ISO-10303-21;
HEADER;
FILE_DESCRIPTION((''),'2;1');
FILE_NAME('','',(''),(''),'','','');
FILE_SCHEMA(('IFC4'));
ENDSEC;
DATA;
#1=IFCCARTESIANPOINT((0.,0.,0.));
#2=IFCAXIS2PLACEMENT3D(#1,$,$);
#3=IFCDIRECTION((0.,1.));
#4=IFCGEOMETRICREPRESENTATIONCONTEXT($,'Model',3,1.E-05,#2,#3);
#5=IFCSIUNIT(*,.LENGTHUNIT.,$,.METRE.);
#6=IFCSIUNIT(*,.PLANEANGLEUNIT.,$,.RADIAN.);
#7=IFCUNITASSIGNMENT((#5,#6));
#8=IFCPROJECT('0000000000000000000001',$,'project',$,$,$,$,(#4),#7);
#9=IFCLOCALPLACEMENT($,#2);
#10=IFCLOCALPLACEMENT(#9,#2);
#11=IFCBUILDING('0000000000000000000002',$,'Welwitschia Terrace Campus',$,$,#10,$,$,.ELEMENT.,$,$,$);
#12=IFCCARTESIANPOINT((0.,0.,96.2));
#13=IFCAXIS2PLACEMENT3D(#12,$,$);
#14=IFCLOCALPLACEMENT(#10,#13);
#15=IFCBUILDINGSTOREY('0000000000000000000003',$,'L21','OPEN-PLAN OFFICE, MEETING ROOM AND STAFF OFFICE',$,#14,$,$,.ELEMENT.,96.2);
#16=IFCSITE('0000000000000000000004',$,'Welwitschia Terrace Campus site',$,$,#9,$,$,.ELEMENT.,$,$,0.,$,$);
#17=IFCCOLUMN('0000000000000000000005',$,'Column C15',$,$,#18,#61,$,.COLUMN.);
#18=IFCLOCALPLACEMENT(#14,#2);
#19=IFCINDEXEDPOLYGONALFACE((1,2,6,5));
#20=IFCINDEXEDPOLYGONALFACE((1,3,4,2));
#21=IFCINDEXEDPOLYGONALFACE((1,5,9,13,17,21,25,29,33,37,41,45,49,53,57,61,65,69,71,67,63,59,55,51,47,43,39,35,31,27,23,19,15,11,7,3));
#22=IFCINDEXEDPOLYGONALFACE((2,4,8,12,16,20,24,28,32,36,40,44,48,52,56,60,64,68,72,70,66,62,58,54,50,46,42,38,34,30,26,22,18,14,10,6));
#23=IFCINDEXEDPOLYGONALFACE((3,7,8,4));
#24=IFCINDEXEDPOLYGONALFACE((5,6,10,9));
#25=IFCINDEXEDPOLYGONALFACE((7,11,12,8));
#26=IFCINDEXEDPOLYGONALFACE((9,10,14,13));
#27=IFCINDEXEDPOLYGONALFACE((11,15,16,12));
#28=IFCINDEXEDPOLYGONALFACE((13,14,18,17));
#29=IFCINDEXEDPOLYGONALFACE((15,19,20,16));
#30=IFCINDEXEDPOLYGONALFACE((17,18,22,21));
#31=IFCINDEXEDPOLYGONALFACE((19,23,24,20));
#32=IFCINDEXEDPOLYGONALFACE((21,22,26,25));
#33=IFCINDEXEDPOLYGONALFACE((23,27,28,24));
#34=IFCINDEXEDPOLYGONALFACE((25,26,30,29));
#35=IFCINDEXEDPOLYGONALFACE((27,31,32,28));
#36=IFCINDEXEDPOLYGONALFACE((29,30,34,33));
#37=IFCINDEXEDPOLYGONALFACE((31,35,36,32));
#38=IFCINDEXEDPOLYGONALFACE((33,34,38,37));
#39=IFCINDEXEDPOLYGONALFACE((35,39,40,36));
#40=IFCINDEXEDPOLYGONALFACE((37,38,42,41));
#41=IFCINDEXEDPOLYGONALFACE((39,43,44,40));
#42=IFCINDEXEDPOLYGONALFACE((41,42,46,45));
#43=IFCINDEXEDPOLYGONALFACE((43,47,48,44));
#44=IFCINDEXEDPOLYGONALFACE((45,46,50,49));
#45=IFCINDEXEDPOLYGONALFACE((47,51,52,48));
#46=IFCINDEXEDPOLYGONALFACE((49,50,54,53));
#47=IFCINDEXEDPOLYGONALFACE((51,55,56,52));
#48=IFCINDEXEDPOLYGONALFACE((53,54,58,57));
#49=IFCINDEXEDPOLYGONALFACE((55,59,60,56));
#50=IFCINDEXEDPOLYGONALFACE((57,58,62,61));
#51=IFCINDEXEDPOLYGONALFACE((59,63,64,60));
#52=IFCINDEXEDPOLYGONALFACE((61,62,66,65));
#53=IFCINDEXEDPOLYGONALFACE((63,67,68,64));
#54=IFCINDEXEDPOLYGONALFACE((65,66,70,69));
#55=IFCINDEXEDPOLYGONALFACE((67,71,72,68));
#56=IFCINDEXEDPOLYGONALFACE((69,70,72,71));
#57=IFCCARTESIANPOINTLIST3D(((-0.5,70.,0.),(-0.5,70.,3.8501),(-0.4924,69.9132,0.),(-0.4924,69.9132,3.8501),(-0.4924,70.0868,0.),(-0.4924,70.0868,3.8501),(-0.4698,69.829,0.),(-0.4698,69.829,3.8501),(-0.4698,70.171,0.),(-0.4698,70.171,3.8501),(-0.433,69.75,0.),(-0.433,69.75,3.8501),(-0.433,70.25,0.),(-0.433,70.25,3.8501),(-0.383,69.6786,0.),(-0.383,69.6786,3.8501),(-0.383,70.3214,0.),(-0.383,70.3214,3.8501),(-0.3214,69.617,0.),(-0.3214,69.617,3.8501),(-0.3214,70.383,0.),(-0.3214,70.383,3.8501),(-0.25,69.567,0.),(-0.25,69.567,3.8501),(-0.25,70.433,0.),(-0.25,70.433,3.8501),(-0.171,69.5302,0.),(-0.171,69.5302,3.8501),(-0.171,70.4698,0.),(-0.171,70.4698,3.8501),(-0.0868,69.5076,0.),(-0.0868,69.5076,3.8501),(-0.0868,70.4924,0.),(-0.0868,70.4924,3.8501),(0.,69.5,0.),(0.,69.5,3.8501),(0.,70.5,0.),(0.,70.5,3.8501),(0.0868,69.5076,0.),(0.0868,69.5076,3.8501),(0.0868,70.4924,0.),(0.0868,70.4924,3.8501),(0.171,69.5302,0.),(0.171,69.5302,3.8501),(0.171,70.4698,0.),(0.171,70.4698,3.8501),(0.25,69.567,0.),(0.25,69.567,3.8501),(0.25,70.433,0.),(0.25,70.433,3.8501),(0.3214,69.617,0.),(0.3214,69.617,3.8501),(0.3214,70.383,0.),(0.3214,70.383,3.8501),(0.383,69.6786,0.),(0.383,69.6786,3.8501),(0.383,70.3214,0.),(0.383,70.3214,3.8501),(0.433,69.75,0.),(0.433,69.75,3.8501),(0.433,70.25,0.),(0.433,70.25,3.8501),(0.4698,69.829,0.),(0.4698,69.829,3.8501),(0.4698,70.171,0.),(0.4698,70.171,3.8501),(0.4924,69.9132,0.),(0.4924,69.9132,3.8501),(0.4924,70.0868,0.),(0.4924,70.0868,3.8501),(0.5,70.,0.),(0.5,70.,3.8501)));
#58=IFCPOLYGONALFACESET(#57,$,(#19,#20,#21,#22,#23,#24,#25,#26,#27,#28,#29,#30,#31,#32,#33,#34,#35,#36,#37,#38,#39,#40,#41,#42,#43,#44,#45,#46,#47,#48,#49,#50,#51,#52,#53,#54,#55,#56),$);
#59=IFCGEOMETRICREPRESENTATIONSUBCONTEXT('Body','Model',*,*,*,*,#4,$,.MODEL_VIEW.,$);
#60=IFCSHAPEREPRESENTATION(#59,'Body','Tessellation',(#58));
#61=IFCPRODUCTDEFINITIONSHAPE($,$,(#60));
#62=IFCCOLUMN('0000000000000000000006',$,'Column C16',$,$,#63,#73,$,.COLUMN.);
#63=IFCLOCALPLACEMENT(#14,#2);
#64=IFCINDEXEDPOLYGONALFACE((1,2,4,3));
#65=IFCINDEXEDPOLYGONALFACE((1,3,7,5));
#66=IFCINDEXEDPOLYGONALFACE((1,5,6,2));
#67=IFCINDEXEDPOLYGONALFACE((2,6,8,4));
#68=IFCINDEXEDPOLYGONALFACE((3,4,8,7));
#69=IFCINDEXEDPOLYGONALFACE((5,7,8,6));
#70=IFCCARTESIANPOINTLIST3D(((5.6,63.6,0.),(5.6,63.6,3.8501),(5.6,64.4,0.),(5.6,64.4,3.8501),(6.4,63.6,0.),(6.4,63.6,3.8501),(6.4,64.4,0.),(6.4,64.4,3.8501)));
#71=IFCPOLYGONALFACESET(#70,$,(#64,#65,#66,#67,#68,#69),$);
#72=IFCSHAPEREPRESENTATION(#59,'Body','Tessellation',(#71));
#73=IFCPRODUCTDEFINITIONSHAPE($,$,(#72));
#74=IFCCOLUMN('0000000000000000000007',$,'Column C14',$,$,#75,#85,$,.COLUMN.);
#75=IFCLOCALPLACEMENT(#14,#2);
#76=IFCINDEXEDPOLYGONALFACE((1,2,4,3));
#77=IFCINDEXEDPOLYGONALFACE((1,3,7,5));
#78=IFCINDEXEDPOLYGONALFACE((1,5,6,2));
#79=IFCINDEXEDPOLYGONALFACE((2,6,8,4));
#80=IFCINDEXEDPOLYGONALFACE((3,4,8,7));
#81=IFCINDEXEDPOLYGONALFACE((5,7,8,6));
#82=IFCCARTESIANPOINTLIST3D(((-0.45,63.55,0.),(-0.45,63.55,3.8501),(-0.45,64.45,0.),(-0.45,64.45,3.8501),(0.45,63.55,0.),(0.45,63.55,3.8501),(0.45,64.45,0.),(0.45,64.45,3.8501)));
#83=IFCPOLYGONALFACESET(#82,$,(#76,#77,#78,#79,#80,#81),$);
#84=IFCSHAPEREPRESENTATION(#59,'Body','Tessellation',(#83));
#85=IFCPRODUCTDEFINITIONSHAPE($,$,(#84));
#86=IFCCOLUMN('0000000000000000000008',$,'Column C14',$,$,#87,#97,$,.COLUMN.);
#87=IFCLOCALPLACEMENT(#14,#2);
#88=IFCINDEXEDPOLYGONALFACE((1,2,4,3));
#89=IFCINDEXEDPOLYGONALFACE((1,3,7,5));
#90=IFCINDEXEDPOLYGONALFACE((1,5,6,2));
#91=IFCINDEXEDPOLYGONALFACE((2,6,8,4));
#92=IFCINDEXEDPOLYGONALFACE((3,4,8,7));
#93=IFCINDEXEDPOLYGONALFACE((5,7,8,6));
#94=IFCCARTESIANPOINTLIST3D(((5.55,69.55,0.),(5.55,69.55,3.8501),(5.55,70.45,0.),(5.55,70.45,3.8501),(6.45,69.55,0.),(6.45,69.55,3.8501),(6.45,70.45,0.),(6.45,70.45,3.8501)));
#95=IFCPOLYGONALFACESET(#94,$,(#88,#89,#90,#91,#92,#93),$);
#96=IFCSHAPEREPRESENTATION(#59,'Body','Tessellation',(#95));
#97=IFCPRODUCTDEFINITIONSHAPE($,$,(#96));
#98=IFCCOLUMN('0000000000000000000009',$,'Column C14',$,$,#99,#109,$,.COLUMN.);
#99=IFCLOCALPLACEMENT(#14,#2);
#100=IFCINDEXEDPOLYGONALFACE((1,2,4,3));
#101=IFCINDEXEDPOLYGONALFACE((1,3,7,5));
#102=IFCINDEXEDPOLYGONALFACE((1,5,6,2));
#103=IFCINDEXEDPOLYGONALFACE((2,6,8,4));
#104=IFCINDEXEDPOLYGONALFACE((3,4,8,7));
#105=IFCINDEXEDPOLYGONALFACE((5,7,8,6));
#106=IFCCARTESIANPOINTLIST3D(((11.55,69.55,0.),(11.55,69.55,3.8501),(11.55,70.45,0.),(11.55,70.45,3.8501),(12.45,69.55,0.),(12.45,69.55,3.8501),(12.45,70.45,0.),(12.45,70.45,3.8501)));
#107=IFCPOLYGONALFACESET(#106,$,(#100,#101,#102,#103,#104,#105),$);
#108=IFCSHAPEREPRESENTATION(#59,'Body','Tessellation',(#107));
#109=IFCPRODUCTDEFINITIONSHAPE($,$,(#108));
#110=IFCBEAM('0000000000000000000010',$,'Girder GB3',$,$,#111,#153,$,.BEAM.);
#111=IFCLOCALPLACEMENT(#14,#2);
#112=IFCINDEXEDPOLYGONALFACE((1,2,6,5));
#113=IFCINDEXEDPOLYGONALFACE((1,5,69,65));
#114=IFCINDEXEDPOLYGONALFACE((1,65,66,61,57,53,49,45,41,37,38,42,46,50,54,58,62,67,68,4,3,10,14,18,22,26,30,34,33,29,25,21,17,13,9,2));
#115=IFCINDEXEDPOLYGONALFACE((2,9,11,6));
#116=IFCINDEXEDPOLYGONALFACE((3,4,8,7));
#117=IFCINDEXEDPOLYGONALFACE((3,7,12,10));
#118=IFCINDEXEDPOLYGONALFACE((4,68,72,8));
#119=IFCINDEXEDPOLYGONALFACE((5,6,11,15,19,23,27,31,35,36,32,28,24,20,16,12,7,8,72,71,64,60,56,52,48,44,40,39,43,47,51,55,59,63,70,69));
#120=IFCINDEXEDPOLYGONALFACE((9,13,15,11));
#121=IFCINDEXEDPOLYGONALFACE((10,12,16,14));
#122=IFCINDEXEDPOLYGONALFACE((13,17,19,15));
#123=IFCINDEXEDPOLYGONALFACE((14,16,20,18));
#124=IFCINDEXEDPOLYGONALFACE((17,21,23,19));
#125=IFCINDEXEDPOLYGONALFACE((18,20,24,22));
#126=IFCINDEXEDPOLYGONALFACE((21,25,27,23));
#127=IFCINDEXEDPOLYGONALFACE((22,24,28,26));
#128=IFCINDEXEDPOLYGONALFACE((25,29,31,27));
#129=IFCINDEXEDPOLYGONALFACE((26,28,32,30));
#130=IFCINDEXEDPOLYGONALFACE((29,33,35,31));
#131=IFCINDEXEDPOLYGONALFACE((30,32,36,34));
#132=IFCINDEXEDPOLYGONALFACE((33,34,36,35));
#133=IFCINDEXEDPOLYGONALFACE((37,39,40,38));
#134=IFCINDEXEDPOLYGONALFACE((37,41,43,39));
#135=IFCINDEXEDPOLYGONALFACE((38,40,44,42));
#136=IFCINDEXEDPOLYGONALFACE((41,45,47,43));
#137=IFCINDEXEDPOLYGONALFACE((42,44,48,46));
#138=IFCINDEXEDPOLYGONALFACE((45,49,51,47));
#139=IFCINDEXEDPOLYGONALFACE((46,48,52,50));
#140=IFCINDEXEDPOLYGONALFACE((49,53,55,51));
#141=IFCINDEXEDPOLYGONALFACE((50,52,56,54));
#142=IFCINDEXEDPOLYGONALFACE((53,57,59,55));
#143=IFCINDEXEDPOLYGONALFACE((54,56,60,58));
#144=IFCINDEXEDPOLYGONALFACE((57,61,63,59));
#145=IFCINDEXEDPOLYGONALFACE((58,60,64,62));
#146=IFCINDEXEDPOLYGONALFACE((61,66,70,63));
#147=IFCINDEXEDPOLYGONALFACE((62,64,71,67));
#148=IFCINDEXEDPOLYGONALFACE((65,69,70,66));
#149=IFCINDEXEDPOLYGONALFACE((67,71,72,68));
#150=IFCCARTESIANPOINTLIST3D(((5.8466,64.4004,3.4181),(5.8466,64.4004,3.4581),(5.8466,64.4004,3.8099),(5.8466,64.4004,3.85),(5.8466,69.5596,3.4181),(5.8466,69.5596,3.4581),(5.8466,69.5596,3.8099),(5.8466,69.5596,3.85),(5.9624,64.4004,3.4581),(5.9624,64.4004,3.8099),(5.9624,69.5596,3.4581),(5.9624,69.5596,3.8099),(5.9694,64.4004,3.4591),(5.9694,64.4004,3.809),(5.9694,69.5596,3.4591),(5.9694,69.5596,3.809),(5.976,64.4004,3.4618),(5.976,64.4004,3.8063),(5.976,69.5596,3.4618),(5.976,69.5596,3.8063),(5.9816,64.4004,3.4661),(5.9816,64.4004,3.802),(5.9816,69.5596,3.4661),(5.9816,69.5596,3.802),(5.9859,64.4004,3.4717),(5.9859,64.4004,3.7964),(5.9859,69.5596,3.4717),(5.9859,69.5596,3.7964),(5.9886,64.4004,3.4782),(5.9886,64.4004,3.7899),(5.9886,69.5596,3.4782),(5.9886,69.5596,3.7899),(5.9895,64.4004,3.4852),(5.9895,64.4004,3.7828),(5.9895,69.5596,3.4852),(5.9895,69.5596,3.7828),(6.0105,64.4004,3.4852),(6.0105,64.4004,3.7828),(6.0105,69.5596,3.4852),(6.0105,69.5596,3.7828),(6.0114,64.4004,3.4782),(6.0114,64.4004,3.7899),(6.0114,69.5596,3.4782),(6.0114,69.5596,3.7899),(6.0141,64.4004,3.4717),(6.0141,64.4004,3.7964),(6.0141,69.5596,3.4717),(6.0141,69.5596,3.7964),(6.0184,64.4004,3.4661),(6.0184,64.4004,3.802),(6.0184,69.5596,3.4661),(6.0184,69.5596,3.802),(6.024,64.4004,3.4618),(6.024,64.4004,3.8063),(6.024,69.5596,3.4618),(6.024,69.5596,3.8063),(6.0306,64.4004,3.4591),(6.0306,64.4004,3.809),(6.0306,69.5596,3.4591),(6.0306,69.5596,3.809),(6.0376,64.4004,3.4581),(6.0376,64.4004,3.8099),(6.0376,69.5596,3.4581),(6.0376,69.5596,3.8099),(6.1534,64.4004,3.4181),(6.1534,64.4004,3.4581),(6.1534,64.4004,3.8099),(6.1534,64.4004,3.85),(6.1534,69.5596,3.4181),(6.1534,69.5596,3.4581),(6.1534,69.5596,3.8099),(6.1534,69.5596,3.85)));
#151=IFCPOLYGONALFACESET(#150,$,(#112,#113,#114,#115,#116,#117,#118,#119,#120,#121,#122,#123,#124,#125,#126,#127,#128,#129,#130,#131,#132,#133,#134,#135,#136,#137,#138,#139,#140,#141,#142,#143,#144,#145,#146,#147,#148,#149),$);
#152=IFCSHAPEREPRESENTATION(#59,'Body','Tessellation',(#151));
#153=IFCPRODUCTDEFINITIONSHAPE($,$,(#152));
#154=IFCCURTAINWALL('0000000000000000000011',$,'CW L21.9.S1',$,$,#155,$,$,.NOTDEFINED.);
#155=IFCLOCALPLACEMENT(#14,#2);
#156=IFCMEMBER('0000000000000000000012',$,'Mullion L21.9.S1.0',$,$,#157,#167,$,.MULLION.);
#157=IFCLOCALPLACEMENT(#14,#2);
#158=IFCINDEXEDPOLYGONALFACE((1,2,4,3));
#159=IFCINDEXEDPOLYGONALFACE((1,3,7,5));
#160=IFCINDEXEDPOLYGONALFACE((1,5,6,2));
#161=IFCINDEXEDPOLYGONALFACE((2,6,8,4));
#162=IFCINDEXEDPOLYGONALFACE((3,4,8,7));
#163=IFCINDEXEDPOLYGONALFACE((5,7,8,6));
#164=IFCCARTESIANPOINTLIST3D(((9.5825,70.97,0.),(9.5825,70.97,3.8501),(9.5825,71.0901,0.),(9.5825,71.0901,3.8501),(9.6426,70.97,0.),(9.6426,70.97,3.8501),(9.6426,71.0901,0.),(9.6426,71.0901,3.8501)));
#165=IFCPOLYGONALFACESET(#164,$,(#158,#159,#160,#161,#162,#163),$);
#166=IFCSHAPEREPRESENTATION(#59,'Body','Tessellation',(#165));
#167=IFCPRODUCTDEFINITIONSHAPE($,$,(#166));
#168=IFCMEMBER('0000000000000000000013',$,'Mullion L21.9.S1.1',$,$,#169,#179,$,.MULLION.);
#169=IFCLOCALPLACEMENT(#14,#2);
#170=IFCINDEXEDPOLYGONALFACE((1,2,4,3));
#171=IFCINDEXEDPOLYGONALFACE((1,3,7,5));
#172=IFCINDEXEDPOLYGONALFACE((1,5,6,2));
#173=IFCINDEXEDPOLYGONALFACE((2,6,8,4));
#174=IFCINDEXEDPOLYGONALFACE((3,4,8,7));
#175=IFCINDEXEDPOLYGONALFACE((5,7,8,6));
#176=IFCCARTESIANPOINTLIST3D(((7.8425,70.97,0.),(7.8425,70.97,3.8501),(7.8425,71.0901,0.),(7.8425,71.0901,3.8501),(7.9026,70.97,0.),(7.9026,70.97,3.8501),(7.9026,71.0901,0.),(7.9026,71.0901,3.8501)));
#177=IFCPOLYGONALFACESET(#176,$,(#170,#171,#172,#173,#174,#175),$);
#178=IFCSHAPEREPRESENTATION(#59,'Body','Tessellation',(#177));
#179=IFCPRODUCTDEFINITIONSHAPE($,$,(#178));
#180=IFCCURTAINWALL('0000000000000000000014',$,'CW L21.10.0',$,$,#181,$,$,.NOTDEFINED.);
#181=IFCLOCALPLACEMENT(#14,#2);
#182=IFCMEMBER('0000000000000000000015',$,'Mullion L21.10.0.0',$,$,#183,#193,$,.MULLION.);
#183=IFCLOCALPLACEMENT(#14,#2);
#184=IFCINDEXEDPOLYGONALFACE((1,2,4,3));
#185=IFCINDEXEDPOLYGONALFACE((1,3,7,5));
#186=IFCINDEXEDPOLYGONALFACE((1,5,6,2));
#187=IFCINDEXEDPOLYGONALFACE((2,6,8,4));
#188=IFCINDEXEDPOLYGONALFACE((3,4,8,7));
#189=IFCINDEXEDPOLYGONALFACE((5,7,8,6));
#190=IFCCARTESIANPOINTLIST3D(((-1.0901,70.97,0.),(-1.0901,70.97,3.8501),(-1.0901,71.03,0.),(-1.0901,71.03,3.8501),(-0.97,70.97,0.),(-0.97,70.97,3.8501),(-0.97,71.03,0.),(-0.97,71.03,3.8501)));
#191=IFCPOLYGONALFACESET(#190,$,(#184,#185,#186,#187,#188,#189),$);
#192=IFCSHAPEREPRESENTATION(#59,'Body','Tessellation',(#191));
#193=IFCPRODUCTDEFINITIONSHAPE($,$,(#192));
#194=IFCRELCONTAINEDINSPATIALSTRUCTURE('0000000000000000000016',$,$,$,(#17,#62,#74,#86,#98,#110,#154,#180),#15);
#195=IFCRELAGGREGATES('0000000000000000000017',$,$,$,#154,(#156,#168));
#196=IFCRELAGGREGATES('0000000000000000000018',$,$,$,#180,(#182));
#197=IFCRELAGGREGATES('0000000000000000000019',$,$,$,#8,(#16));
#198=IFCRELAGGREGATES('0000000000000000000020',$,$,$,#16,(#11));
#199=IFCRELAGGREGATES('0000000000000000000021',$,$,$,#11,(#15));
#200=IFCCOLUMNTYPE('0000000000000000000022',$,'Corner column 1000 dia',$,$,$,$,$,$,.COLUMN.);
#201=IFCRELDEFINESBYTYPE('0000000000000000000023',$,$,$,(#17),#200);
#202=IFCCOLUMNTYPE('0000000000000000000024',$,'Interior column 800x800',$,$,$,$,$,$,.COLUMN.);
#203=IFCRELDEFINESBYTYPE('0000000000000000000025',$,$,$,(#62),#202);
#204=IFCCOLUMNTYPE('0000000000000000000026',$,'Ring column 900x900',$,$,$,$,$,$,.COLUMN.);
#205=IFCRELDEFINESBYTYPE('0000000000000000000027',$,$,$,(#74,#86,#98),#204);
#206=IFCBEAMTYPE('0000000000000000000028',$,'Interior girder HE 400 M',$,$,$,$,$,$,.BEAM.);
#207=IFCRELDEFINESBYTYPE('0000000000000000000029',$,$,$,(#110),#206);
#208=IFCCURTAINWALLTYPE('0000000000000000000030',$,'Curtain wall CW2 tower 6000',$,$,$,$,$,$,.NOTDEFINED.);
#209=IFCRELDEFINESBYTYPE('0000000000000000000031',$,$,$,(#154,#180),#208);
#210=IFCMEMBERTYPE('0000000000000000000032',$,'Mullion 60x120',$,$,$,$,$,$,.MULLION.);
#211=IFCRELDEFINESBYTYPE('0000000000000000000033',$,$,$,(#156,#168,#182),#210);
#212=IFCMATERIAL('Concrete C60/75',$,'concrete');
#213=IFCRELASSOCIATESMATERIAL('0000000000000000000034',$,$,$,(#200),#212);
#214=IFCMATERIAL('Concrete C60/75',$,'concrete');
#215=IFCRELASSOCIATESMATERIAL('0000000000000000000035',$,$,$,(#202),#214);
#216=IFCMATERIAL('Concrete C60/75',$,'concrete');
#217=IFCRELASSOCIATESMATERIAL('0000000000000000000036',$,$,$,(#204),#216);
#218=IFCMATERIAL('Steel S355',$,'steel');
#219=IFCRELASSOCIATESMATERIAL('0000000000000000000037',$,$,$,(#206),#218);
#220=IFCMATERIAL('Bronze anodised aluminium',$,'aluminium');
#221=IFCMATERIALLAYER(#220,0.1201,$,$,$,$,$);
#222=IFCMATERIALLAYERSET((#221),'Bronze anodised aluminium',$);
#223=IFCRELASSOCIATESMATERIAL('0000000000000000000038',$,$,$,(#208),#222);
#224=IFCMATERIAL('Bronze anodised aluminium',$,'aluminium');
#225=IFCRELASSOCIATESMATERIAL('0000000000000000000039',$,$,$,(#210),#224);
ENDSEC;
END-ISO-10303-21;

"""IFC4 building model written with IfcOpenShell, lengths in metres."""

from ifc_helpers import new_model, si_unit, direction, frame, origin, origin_2d, place, context, subcontext, project, spatial, rectangle, circle, i_section, extrude, material, layer, layer_set, material_profile, profile_set, type_object, element, aggregate, save


model = new_model("IFC4")

# Units and contexts
model_context = context("Model", 3, precision=1e-05, world=origin(), true_north=direction((0.0, 1.0)))
body_context = subcontext(model_context, "Body", "Model", "MODEL_VIEW")
ifc_project = project(units=[si_unit("LENGTHUNIT", "METRE"), si_unit("PLANEANGLEUNIT", "RADIAN")], contexts=[model_context])

# Site, building, storey
site_placement = place(None, origin())
site = spatial("IfcSite", under=ifc_project, at=site_placement, Name="Welwitschia Terrace Campus site", CompositionType="ELEMENT", RefElevation=0.0)
building_placement = place(site_placement, origin())
building = spatial("IfcBuilding", under=site, at=building_placement, Name="Welwitschia Terrace Campus", CompositionType="ELEMENT")
storey_placement = place(building_placement, frame((0.0, 0.0, 96.2)))
storey = spatial("IfcBuildingStorey", under=building, at=storey_placement, Name="L21", Description="OPEN-PLAN OFFICE, MEETING ROOM AND STAFF OFFICE", CompositionType="ELEMENT", Elevation=96.2)

# Columns
ifc_material_1 = material(Name="Concrete C60/75", Category="concrete")
ifc_material_profile_1 = material_profile(ifc_material_1, circle(Radius=0.5, at=origin_2d()))
ifc_profile_set_1 = profile_set([ifc_material_profile_1], Name="Concrete C60/75")
column_type_1 = type_object("IfcColumnType", Name="Corner column 1000 dia", PredefinedType="COLUMN", material=ifc_profile_set_1)
column_1_placement = place(storey_placement, frame((0.0, 70.0, 0.0), z_axis=(0.0, 0.0, 1.0), x_axis=(1.0, 0.0, 0.0)))
element("IfcColumn", 1, at=column_1_placement, inside=storey, type_object=column_type_1, Name="Column C15", PredefinedType="COLUMN", context=body_context, shape_type="SweptSolid", body=[
    extrude(circle(Radius=0.5, at=origin_2d()), origin(), (0.0, 0.0, 1.0), 3.8501),
])
ifc_material_2 = material(Name="Concrete C60/75", Category="concrete")
ifc_material_profile_2 = material_profile(ifc_material_2, rectangle(XDim=0.8, YDim=0.8, at=origin_2d()))
ifc_profile_set_2 = profile_set([ifc_material_profile_2], Name="Concrete C60/75")
column_type_2 = type_object("IfcColumnType", Name="Interior column 800x800", PredefinedType="COLUMN", material=ifc_profile_set_2)
column_2_placement = place(storey_placement, frame((6.0, 64.0, 0.0), z_axis=(0.0, 0.0, 1.0), x_axis=(1.0, 0.0, 0.0)))
element("IfcColumn", 2, at=column_2_placement, inside=storey, type_object=column_type_2, Name="Column C16", PredefinedType="COLUMN", context=body_context, shape_type="SweptSolid", body=[
    extrude(rectangle(XDim=0.8, YDim=0.8, at=origin_2d()), origin(), (0.0, 0.0, 1.0), 3.8501),
])
ifc_material_3 = material(Name="Concrete C60/75", Category="concrete")
ifc_material_profile_3 = material_profile(ifc_material_3, rectangle(XDim=0.8999, YDim=0.8999, at=origin_2d()))
ifc_profile_set_3 = profile_set([ifc_material_profile_3], Name="Concrete C60/75")
column_type_3 = type_object("IfcColumnType", Name="Ring column 900x900", PredefinedType="COLUMN", material=ifc_profile_set_3)
for number, where, z_axis, x_axis, name in (
    (3, (0.0, 64.0, 0.0), (0.0, 0.0, 1.0), (1.0, 0.0, 0.0), "Column C14"),
    (4, (6.0, 70.0, 0.0), (0.0, 0.0, 1.0), (1.0, 0.0, 0.0), "Column C14"),
    (5, (12.0, 70.0, 0.0), (0.0, 0.0, 1.0), (1.0, 0.0, 0.0), "Column C14"),
):
    element("IfcColumn", number, at=place(storey_placement, frame(where, z_axis=z_axis, x_axis=x_axis)), inside=storey, type_object=column_type_3, Name=name, PredefinedType="COLUMN", context=body_context, shape_type="SweptSolid", body=[
        extrude(rectangle(XDim=0.8999, YDim=0.8999, at=origin_2d()), origin(), (0.0, 0.0, 1.0), 3.8501),
    ])

# Beam
ifc_material_4 = material(Name="Steel S355", Category="steel")
ifc_material_profile_4 = material_profile(ifc_material_4, i_section(OverallWidth=0.3069, OverallDepth=0.4319, WebThickness=0.021, FlangeThickness=0.04, FilletRadius=0.0271, at=origin_2d()))
ifc_profile_set_4 = profile_set([ifc_material_profile_4], Name="Steel S355")
beam_type_1 = type_object("IfcBeamType", Name="Interior girder HE 400 M", PredefinedType="BEAM", material=ifc_profile_set_4)
beam_1_placement = place(storey_placement, frame((6.0, 64.4004, 3.634), z_axis=(0.0, 1.0, 0.0), x_axis=(-1.0, 0.0, 0.0)))
element("IfcBeam", 6, at=beam_1_placement, inside=storey, type_object=beam_type_1, Name="Girder GB3", PredefinedType="BEAM", context=body_context, shape_type="SweptSolid", body=[
    extrude(i_section(OverallWidth=0.3069, OverallDepth=0.4319, WebThickness=0.021, FlangeThickness=0.04, FilletRadius=0.0271, at=origin_2d()), origin(), (0.0, 0.0, 1.0), 5.1592),
])

# Curtain walls, members
ifc_material_5 = material(Name="Bronze anodised aluminium", Category="aluminium")
ifc_layer_1 = layer(ifc_material_5, 0.1201)
ifc_layer_set_1 = layer_set([ifc_layer_1], Name="Bronze anodised aluminium")
curtain_wall_type = type_object("IfcCurtainWallType", Name="Curtain wall CW2 tower 6000", PredefinedType="NOTDEFINED", material=ifc_layer_set_1)
curtain_wall_1_placement = place(storey_placement, origin())
curtain_wall_1 = element("IfcCurtainWall", 7, at=curtain_wall_1_placement, inside=storey, type_object=curtain_wall_type, Name="CW L21.9.S1", PredefinedType="NOTDEFINED")
ifc_material_6 = material(Name="Bronze anodised aluminium", Category="aluminium")
ifc_material_profile_5 = material_profile(ifc_material_6, rectangle(XDim=0.1201, YDim=0.0601, at=origin_2d()))
ifc_profile_set_5 = profile_set([ifc_material_profile_5], Name="Bronze anodised aluminium")
member_type_1 = type_object("IfcMemberType", Name="Mullion 60x120", PredefinedType="MULLION", material=ifc_profile_set_5)
member_1_placement = place(storey_placement, frame((9.6125, 71.03, 0.0), z_axis=(0.0, 0.0, 1.0), x_axis=(0.0, -1.0, 0.0)))
member_1 = element("IfcMember", 8, at=member_1_placement, type_object=member_type_1, Name="Mullion L21.9.S1.0", PredefinedType="MULLION", context=body_context, shape_type="SweptSolid", body=[
    extrude(rectangle(XDim=0.1201, YDim=0.0601, at=origin_2d()), origin(), (0.0, 0.0, 1.0), 3.8501),
])
member_2_placement = place(storey_placement, frame((7.8726, 71.03, 0.0), z_axis=(0.0, 0.0, 1.0), x_axis=(0.0, -1.0, 0.0)))
member_2 = element("IfcMember", 9, at=member_2_placement, type_object=member_type_1, Name="Mullion L21.9.S1.1", PredefinedType="MULLION", context=body_context, shape_type="SweptSolid", body=[
    extrude(rectangle(XDim=0.1201, YDim=0.0601, at=origin_2d()), origin(), (0.0, 0.0, 1.0), 3.8501),
])
curtain_wall_2_placement = place(storey_placement, origin())
curtain_wall_2 = element("IfcCurtainWall", 10, at=curtain_wall_2_placement, inside=storey, type_object=curtain_wall_type, Name="CW L21.10.0", PredefinedType="NOTDEFINED")
member_3_placement = place(storey_placement, frame((-1.03, 71.0, 0.0), z_axis=(0.0, 0.0, 1.0), x_axis=(1.0, 0.0, 0.0)))
member_3 = element("IfcMember", 11, at=member_3_placement, type_object=member_type_1, Name="Mullion L21.10.0.0", PredefinedType="MULLION", context=body_context, shape_type="SweptSolid", body=[
    extrude(rectangle(XDim=0.1201, YDim=0.0601, at=origin_2d()), origin(), (0.0, 0.0, 1.0), 3.8501),
])

aggregate(curtain_wall_1, [member_1, member_2])
aggregate(curtain_wall_2, [member_3])

save(model, "model.ifc")
